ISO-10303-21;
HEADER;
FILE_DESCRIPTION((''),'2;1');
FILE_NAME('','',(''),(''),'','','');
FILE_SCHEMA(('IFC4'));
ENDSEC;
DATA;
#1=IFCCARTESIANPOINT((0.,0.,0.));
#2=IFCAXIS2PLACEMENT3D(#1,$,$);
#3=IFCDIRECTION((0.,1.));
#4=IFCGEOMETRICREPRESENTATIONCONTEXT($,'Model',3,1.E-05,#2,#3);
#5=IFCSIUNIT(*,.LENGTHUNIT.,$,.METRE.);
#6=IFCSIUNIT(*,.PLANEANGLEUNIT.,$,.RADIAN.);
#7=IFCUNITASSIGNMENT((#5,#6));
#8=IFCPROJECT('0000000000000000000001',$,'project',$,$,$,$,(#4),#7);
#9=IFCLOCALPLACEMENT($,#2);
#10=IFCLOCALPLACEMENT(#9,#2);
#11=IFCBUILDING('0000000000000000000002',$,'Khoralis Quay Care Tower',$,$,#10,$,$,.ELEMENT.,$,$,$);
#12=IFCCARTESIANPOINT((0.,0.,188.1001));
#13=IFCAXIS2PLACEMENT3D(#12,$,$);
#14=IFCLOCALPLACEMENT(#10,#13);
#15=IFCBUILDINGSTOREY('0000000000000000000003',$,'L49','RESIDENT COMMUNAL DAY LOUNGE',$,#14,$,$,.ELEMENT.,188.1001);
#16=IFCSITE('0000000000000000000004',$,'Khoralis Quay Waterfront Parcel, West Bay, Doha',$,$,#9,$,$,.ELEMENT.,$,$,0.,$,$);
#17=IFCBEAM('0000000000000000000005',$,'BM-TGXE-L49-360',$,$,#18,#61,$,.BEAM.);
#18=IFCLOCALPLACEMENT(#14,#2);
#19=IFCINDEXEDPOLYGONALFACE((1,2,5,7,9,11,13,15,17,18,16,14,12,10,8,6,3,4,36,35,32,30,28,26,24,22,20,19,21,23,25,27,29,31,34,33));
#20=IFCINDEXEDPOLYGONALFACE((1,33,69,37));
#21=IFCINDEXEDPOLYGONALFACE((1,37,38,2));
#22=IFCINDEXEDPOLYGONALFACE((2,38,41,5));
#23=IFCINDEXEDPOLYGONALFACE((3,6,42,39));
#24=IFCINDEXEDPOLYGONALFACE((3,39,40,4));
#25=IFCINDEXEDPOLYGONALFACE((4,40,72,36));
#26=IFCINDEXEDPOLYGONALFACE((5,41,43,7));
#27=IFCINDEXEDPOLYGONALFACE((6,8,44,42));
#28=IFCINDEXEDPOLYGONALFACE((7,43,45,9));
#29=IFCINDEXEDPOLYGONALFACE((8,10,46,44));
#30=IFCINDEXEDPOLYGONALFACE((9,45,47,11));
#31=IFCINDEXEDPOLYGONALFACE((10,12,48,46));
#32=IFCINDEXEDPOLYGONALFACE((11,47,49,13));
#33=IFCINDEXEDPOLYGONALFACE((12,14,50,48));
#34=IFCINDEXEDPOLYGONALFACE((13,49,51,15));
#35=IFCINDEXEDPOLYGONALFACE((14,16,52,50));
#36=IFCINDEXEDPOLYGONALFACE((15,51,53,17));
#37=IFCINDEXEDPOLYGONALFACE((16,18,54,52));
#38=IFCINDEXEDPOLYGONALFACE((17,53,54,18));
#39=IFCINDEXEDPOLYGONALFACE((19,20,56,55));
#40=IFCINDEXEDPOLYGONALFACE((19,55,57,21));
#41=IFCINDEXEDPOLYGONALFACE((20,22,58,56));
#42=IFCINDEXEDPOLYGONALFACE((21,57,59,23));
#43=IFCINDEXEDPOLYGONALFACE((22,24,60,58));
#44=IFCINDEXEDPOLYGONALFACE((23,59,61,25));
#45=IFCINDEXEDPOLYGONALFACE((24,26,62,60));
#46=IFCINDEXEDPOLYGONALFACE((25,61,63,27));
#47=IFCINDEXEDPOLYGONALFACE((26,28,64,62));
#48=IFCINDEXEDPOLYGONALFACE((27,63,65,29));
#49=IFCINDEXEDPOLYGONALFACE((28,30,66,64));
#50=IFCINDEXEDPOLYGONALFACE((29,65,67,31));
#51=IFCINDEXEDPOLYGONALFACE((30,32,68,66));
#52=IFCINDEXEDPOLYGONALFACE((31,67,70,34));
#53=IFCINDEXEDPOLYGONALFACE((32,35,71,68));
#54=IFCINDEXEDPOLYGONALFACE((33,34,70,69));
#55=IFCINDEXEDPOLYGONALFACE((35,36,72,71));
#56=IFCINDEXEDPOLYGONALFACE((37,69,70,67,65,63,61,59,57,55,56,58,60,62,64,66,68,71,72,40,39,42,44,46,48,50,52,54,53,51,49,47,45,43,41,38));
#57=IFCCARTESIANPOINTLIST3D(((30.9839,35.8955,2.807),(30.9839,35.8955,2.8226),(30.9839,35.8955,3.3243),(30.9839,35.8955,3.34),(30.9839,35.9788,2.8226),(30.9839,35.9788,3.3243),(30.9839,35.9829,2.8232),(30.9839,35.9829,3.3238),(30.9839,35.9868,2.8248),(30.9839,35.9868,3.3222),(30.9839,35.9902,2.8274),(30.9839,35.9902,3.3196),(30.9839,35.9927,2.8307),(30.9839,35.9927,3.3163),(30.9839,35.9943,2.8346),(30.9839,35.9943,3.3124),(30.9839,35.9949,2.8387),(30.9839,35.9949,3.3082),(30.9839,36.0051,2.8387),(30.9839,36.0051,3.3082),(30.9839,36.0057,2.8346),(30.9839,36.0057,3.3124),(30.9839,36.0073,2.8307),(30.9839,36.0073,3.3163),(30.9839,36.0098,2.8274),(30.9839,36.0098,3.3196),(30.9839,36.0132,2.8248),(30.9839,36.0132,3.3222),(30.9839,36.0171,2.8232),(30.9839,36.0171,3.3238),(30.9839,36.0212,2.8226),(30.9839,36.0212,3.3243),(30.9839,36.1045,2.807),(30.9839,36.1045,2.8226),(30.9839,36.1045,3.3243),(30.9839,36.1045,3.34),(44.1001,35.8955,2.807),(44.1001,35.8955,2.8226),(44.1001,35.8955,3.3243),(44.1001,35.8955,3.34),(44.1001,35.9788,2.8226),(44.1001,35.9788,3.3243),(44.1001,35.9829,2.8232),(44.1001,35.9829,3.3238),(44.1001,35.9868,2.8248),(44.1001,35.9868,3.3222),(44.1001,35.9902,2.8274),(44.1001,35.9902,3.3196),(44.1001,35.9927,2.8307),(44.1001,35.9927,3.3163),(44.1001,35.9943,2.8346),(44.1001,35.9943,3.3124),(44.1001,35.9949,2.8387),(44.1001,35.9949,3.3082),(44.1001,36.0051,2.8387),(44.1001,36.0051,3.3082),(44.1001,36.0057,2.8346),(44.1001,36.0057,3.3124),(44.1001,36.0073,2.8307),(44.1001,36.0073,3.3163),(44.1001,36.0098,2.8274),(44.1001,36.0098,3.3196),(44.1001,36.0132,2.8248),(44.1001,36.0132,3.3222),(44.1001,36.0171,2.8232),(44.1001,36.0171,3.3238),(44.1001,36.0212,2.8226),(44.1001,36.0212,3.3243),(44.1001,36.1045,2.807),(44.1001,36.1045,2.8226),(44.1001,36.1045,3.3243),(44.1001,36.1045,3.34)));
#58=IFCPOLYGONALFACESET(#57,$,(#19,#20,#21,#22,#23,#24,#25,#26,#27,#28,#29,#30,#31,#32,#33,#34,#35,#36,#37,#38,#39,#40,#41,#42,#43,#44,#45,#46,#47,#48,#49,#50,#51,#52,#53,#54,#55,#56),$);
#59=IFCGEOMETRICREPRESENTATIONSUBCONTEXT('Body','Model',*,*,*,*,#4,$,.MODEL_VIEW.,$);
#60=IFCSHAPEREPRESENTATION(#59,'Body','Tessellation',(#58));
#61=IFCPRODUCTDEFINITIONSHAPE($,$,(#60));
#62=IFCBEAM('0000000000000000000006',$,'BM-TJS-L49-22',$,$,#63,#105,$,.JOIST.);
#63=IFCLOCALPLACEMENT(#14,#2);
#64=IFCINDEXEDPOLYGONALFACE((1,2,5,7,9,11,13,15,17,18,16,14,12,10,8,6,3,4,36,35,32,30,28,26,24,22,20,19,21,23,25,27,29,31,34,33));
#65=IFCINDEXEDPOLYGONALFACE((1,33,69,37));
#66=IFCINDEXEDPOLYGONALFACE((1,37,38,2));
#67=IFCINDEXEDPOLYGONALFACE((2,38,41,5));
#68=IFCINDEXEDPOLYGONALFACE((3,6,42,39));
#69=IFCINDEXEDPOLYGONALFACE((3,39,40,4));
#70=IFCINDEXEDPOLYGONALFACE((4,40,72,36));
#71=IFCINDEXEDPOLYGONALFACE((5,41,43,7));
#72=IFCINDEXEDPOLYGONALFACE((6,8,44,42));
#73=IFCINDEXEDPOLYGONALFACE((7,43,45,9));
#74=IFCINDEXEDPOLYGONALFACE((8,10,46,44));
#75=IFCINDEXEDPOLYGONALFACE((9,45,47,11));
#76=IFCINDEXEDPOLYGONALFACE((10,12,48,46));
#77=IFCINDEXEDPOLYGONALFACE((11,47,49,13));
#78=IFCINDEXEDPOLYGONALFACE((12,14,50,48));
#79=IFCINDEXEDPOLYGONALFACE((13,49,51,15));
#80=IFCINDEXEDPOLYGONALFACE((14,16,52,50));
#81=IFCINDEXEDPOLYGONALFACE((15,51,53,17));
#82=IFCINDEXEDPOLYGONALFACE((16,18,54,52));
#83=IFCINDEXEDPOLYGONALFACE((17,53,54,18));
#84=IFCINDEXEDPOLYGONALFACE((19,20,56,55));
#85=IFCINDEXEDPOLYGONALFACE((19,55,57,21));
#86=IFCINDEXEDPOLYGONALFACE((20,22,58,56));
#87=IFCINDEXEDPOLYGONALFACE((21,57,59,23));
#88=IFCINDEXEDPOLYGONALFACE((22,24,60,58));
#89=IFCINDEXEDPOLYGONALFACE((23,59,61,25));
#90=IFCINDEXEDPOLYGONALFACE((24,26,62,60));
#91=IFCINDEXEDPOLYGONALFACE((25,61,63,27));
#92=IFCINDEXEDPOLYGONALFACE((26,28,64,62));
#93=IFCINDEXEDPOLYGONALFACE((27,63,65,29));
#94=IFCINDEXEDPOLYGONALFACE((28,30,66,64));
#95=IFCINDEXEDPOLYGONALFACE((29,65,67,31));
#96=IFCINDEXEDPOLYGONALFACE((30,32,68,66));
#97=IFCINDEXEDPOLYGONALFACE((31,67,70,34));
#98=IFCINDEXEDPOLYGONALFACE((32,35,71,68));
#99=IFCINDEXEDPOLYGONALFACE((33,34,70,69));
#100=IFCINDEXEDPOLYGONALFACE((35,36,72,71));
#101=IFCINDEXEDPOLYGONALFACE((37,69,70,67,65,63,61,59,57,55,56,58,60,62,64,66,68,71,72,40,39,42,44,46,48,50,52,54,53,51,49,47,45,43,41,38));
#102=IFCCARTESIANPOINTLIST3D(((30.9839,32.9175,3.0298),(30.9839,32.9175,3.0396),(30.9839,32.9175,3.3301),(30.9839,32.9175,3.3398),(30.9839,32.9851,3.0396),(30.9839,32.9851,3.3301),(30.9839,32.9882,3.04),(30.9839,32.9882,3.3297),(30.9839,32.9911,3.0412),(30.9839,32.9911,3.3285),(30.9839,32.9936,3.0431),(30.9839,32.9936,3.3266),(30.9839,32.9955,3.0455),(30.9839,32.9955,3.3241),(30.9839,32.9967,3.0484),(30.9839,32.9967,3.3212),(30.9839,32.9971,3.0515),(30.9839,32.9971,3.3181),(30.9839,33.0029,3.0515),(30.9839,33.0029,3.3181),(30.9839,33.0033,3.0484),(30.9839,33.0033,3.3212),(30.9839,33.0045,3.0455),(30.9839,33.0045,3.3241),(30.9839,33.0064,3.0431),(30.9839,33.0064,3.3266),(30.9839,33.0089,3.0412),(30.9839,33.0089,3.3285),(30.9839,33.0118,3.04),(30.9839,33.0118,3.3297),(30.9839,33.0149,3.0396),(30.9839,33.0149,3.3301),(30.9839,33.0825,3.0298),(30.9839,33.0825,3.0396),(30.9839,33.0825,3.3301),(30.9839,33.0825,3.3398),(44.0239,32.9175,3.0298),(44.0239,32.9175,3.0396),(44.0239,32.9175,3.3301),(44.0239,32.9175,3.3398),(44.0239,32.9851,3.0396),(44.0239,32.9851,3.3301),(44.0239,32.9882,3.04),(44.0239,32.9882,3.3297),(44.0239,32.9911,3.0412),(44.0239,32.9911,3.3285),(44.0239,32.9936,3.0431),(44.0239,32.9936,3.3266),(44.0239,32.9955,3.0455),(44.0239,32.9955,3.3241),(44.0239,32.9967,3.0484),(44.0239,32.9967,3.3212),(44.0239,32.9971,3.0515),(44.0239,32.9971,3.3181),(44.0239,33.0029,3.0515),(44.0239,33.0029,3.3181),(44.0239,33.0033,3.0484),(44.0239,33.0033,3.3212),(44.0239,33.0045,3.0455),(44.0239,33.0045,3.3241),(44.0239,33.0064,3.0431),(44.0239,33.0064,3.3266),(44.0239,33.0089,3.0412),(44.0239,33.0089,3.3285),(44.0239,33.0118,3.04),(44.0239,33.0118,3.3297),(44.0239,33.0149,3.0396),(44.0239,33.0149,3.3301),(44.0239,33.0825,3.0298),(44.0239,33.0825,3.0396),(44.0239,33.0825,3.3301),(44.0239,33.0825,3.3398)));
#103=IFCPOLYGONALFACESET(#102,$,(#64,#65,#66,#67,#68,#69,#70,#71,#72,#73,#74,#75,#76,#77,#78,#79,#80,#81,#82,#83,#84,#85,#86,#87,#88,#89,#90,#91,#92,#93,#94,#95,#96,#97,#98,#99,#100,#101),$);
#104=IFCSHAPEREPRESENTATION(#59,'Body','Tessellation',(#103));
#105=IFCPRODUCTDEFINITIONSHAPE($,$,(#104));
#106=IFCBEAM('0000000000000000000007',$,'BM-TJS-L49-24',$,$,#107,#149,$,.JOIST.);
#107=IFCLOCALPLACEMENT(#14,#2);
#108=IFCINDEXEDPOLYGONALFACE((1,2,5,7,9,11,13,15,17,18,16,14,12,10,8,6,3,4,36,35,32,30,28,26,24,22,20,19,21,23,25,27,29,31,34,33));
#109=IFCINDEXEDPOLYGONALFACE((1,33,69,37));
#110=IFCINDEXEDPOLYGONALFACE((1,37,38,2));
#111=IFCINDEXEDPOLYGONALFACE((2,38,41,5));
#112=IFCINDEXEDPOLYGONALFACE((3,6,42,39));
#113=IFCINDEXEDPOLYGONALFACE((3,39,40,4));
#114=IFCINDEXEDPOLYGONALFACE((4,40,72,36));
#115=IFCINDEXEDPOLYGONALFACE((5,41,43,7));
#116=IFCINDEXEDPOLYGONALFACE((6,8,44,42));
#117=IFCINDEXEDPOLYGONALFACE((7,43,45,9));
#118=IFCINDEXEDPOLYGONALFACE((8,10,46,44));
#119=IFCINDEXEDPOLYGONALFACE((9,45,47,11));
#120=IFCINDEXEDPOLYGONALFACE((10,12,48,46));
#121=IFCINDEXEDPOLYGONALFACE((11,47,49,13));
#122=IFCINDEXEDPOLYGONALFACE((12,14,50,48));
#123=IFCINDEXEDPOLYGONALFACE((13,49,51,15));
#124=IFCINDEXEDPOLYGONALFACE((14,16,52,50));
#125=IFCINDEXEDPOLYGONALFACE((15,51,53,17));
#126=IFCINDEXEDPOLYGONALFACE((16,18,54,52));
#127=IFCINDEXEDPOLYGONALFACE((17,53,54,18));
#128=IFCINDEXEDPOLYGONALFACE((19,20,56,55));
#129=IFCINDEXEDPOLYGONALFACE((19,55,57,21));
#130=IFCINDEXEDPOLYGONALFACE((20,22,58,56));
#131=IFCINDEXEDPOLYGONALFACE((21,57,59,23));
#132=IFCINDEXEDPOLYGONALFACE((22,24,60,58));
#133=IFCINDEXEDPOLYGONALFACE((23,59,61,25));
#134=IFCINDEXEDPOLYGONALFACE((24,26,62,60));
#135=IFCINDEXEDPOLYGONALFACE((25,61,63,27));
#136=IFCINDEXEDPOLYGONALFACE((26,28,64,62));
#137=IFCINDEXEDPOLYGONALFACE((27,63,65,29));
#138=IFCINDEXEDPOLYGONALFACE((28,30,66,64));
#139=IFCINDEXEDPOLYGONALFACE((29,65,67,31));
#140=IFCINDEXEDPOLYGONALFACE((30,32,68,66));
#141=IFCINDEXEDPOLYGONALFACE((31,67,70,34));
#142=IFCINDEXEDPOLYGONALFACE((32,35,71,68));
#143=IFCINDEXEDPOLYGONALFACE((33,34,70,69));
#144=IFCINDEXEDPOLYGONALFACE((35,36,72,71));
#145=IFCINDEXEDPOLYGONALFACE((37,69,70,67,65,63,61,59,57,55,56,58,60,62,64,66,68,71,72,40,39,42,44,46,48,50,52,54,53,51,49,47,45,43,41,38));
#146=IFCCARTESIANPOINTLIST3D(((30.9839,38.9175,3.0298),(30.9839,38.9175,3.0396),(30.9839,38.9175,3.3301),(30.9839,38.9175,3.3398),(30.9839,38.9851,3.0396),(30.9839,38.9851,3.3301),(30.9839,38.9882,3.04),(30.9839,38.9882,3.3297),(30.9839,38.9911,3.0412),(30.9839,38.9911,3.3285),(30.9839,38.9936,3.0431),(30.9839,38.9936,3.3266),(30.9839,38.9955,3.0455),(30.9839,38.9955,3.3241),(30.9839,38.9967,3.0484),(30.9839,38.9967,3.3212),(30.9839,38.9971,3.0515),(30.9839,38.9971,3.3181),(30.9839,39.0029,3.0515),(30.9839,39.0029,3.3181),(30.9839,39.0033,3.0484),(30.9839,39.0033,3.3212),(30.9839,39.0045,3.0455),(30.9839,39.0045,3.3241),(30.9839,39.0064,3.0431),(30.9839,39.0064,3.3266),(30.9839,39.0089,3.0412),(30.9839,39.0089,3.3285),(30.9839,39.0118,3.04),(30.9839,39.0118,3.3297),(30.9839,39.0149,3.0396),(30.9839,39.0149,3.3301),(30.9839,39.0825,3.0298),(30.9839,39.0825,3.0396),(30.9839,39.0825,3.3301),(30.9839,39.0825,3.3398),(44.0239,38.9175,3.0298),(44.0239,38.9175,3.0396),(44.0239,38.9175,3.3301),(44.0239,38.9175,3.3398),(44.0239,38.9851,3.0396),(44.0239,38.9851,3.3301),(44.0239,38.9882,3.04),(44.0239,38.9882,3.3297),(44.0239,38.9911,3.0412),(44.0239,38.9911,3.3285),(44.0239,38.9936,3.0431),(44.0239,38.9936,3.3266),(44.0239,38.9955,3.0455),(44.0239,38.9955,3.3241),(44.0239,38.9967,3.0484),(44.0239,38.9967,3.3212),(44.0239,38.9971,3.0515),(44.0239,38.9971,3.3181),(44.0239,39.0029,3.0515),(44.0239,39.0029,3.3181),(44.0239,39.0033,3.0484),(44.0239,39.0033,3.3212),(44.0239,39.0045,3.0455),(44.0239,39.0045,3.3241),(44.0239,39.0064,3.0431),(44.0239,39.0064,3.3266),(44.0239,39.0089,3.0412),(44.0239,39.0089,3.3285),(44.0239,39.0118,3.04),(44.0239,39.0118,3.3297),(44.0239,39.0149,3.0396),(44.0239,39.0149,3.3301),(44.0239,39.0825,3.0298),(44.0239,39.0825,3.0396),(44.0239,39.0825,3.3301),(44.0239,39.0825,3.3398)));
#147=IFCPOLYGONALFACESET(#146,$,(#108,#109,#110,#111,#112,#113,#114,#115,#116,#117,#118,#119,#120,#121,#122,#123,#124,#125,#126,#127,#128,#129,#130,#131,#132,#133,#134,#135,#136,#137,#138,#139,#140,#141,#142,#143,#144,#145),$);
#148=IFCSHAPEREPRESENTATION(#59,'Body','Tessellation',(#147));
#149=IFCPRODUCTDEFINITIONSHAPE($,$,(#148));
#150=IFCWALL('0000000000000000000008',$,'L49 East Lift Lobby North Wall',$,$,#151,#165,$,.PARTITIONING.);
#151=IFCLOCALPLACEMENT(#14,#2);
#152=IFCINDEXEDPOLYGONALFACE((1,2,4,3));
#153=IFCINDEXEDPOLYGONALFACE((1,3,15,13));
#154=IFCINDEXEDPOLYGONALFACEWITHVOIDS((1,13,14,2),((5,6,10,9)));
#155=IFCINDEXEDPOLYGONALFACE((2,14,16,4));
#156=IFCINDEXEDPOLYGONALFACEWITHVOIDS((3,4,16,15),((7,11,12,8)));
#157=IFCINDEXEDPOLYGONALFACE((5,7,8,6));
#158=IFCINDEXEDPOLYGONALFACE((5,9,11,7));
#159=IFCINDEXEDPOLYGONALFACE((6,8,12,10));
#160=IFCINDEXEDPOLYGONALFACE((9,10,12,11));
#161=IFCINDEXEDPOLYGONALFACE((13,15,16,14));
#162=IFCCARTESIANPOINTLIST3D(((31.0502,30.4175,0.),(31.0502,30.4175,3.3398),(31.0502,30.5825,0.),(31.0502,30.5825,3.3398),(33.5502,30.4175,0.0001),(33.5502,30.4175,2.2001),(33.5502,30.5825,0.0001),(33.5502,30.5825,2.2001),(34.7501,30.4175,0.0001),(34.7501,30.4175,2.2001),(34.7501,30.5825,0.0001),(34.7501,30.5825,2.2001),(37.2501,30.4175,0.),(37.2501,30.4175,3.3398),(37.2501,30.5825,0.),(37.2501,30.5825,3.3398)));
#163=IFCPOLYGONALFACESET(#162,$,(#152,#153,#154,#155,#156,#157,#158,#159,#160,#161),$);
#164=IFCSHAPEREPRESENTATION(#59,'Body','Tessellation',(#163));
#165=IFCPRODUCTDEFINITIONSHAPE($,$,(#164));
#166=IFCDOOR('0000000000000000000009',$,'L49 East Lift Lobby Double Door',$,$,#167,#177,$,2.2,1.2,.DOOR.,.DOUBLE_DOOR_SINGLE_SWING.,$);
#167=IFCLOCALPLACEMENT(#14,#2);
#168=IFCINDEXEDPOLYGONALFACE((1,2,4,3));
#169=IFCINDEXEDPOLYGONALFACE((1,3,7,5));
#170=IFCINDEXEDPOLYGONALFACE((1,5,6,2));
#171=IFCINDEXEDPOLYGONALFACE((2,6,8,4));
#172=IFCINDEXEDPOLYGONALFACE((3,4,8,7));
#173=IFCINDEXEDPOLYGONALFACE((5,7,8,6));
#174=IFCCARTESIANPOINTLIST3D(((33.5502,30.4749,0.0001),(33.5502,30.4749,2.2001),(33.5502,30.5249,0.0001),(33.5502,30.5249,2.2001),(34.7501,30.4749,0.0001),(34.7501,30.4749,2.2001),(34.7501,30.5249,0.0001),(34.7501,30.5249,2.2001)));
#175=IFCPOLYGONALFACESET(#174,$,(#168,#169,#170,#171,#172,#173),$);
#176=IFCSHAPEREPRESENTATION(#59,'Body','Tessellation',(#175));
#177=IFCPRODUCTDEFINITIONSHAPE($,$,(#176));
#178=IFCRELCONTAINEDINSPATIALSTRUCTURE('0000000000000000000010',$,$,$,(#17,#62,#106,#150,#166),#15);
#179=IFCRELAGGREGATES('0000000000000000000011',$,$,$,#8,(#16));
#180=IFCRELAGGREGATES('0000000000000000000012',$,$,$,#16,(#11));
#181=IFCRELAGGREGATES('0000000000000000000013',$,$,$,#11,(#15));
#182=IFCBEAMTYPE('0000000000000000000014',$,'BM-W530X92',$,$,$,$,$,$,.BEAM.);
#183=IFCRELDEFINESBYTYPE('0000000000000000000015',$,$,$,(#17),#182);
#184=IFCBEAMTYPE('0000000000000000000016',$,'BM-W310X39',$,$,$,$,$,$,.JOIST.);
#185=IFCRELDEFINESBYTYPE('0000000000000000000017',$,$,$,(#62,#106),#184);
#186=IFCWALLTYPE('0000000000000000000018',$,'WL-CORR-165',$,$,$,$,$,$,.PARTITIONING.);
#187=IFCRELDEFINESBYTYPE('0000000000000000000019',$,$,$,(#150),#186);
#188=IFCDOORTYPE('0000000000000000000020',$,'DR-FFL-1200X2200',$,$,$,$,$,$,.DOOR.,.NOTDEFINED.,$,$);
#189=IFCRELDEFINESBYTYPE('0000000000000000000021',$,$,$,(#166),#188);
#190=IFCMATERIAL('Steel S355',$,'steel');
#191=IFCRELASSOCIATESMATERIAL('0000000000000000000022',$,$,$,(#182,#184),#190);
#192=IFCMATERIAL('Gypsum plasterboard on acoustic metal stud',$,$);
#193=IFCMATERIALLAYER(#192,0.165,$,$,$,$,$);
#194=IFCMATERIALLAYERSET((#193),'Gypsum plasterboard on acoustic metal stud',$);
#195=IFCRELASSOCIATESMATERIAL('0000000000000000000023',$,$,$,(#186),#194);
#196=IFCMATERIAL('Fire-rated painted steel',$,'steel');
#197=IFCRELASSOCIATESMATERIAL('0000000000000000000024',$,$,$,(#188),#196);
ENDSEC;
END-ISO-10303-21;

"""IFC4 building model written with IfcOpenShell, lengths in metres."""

from ifc_helpers import new_model, si_unit, direction, frame, frame_2d, origin, origin_2d, place, context, subcontext, project, spatial, rectangle, i_section, extrude, source, transform, mapped, material, layer, layer_set, material_profile, profile_set, type_object, element, fill, save


model = new_model("IFC4")

# Units and contexts
model_context = context("Model", 3, precision=1e-05, world=origin(), true_north=direction((0.0, 1.0)))
body_context = subcontext(model_context, "Body", "Model", "MODEL_VIEW")
ifc_project = project(units=[si_unit("LENGTHUNIT", "METRE"), si_unit("PLANEANGLEUNIT", "RADIAN")], contexts=[model_context])

# Site, building, storey
site_placement = place(None, origin())
site = spatial("IfcSite", under=ifc_project, at=site_placement, Name="Khoralis Quay Waterfront Parcel, West Bay, Doha", CompositionType="ELEMENT", RefElevation=0.0)
building_placement = place(site_placement, origin())
building = spatial("IfcBuilding", under=site, at=building_placement, Name="Khoralis Quay Care Tower", CompositionType="ELEMENT")
storey_placement = place(building_placement, frame((0.0, 0.0, 188.1001)))
storey = spatial("IfcBuildingStorey", under=building, at=storey_placement, Name="L49", Description="RESIDENT COMMUNAL DAY LOUNGE", CompositionType="ELEMENT", Elevation=188.1001)

# Beams
ifc_material_1 = material(Name="Steel S355", Category="steel")
ifc_material_profile_1 = material_profile(ifc_material_1, i_section(OverallWidth=0.209, OverallDepth=0.533, WebThickness=0.0103, FlangeThickness=0.0156, FilletRadius=0.0161, at=origin_2d()), Name="Steel S355")
ifc_profile_set_1 = profile_set([ifc_material_profile_1], Name="Steel S355")
beam_type_1 = type_object("IfcBeamType", Name="BM-W530X92", PredefinedType="BEAM", material=ifc_profile_set_1)
shared_shape_1 = source(origin(), body_context, "Body", "SweptSolid", [
    extrude(i_section(OverallWidth=0.209, OverallDepth=0.533, WebThickness=0.0103, FlangeThickness=0.0156, FilletRadius=0.0161, at=origin_2d()), origin(), (0.0, 0.0, 1.0), 13.1162),
])
beam_1_placement = place(storey_placement, frame((30.9839, 36.0, 3.0735), z_axis=(1.0, 0.0, 0.0), x_axis=(0.0, 1.0, 0.0)))
element("IfcBeam", 1, at=beam_1_placement, inside=storey, type_object=beam_type_1, Name="BM-TGXE-L49-360", PredefinedType="BEAM", context=body_context, shape_type="MappedRepresentation", body=[
    mapped(shared_shape_1, transform((0.0, 0.0, 0.0), scale=1.0)),
])
ifc_material_profile_2 = material_profile(ifc_material_1, i_section(OverallWidth=0.165, OverallDepth=0.3101, WebThickness=0.0059, FlangeThickness=0.0098, FilletRadius=0.012, at=origin_2d()), Name="Steel S355")
ifc_profile_set_2 = profile_set([ifc_material_profile_2], Name="Steel S355")
beam_type_2 = type_object("IfcBeamType", Name="BM-W310X39", PredefinedType="JOIST", material=ifc_profile_set_2)
shared_shape_2 = source(origin(), body_context, "Body", "SweptSolid", [
    extrude(i_section(OverallWidth=0.165, OverallDepth=0.3101, WebThickness=0.0059, FlangeThickness=0.0098, FilletRadius=0.012, at=origin_2d()), origin(), (0.0, 0.0, 1.0), 13.04),
])
for number, where, z_axis, x_axis, name in (
    (2, (30.9839, 33.0, 3.1848), (1.0, 0.0, 0.0), (0.0, 1.0, 0.0), "BM-TJS-L49-22"),
    (3, (30.9839, 39.0, 3.1848), (1.0, 0.0, 0.0), (0.0, 1.0, 0.0), "BM-TJS-L49-24"),
):
    element("IfcBeam", number, at=place(storey_placement, frame(where, z_axis=z_axis, x_axis=x_axis)), inside=storey, type_object=beam_type_2, Name=name, PredefinedType="JOIST", context=body_context, shape_type="MappedRepresentation", body=[
        mapped(shared_shape_2, transform((0.0, 0.0, 0.0), scale=1.0)),
    ])

# Wall, opening, door
ifc_material_2 = material(Name="Gypsum plasterboard on acoustic metal stud")
ifc_layer_1 = layer(ifc_material_2, 0.165)
ifc_layer_set_1 = layer_set([ifc_layer_1], Name="Gypsum plasterboard on acoustic metal stud")
wall_type_1 = type_object("IfcWallType", Name="WL-CORR-165", PredefinedType="PARTITIONING", material=ifc_layer_set_1)
wall_1_placement = place(storey_placement, frame((31.05, 30.5, 0.0), z_axis=(0.0, 0.0, 1.0), x_axis=(1.0, 0.0, 0.0)))
wall_1 = element("IfcWall", 4, at=wall_1_placement, inside=storey, type_object=wall_type_1, Name="L49 East Lift Lobby North Wall", PredefinedType="PARTITIONING", context=body_context, shape_type="SweptSolid", body=[
    extrude(rectangle(XDim=6.2, YDim=0.165, at=frame_2d((3.1001, 0.0))), origin(), (0.0, 0.0, 1.0), 3.3398),
])
opening_1_placement = place(wall_1_placement, frame((2.5, 0.0, 0.0)))
opening_1 = element("IfcOpeningElement", 5, at=opening_1_placement, cuts=wall_1, PredefinedType="OPENING", context=body_context, shape_type="SweptSolid", body=[
    extrude(rectangle(XDim=1.2, YDim=2.2, at=frame_2d((0.6001, 1.1001))), frame((0.0, 0.0925, 0.0), z_axis=(0.0, -1.0, 0.0), x_axis=(1.0, 0.0, 0.0)), (0.0, 0.0, 1.0), 0.1851),
])
ifc_material_3 = material(Name="Fire-rated painted steel", Category="steel")
door_type_1 = type_object("IfcDoorType", Name="DR-FFL-1200X2200", OperationType="NOTDEFINED", PredefinedType="DOOR", material=ifc_material_3)
shared_shape_3 = source(origin(), body_context, "Body", "SweptSolid", [
    extrude(rectangle(XDim=1.2, YDim=2.2, at=frame_2d((0.6001, 1.1001))), frame((0.0, 0.0249, 0.0), z_axis=(0.0, -1.0, 0.0), x_axis=(1.0, 0.0, 0.0)), (0.0, 0.0, 1.0), 0.05),
])
door_1_placement = place(opening_1_placement, origin())
door_1 = element("IfcDoor", 6, at=door_1_placement, inside=storey, type_object=door_type_1, Name="L49 East Lift Lobby Double Door", OperationType="DOUBLE_DOOR_SINGLE_SWING", OverallHeight=2.2, OverallWidth=1.2, PredefinedType="DOOR", context=body_context, shape_type="MappedRepresentation", body=[
    mapped(shared_shape_3, transform((0.0, 0.0, 0.0), scale=1.0)),
])
fill(opening_1, door_1)

save(model, "model.ifc")
